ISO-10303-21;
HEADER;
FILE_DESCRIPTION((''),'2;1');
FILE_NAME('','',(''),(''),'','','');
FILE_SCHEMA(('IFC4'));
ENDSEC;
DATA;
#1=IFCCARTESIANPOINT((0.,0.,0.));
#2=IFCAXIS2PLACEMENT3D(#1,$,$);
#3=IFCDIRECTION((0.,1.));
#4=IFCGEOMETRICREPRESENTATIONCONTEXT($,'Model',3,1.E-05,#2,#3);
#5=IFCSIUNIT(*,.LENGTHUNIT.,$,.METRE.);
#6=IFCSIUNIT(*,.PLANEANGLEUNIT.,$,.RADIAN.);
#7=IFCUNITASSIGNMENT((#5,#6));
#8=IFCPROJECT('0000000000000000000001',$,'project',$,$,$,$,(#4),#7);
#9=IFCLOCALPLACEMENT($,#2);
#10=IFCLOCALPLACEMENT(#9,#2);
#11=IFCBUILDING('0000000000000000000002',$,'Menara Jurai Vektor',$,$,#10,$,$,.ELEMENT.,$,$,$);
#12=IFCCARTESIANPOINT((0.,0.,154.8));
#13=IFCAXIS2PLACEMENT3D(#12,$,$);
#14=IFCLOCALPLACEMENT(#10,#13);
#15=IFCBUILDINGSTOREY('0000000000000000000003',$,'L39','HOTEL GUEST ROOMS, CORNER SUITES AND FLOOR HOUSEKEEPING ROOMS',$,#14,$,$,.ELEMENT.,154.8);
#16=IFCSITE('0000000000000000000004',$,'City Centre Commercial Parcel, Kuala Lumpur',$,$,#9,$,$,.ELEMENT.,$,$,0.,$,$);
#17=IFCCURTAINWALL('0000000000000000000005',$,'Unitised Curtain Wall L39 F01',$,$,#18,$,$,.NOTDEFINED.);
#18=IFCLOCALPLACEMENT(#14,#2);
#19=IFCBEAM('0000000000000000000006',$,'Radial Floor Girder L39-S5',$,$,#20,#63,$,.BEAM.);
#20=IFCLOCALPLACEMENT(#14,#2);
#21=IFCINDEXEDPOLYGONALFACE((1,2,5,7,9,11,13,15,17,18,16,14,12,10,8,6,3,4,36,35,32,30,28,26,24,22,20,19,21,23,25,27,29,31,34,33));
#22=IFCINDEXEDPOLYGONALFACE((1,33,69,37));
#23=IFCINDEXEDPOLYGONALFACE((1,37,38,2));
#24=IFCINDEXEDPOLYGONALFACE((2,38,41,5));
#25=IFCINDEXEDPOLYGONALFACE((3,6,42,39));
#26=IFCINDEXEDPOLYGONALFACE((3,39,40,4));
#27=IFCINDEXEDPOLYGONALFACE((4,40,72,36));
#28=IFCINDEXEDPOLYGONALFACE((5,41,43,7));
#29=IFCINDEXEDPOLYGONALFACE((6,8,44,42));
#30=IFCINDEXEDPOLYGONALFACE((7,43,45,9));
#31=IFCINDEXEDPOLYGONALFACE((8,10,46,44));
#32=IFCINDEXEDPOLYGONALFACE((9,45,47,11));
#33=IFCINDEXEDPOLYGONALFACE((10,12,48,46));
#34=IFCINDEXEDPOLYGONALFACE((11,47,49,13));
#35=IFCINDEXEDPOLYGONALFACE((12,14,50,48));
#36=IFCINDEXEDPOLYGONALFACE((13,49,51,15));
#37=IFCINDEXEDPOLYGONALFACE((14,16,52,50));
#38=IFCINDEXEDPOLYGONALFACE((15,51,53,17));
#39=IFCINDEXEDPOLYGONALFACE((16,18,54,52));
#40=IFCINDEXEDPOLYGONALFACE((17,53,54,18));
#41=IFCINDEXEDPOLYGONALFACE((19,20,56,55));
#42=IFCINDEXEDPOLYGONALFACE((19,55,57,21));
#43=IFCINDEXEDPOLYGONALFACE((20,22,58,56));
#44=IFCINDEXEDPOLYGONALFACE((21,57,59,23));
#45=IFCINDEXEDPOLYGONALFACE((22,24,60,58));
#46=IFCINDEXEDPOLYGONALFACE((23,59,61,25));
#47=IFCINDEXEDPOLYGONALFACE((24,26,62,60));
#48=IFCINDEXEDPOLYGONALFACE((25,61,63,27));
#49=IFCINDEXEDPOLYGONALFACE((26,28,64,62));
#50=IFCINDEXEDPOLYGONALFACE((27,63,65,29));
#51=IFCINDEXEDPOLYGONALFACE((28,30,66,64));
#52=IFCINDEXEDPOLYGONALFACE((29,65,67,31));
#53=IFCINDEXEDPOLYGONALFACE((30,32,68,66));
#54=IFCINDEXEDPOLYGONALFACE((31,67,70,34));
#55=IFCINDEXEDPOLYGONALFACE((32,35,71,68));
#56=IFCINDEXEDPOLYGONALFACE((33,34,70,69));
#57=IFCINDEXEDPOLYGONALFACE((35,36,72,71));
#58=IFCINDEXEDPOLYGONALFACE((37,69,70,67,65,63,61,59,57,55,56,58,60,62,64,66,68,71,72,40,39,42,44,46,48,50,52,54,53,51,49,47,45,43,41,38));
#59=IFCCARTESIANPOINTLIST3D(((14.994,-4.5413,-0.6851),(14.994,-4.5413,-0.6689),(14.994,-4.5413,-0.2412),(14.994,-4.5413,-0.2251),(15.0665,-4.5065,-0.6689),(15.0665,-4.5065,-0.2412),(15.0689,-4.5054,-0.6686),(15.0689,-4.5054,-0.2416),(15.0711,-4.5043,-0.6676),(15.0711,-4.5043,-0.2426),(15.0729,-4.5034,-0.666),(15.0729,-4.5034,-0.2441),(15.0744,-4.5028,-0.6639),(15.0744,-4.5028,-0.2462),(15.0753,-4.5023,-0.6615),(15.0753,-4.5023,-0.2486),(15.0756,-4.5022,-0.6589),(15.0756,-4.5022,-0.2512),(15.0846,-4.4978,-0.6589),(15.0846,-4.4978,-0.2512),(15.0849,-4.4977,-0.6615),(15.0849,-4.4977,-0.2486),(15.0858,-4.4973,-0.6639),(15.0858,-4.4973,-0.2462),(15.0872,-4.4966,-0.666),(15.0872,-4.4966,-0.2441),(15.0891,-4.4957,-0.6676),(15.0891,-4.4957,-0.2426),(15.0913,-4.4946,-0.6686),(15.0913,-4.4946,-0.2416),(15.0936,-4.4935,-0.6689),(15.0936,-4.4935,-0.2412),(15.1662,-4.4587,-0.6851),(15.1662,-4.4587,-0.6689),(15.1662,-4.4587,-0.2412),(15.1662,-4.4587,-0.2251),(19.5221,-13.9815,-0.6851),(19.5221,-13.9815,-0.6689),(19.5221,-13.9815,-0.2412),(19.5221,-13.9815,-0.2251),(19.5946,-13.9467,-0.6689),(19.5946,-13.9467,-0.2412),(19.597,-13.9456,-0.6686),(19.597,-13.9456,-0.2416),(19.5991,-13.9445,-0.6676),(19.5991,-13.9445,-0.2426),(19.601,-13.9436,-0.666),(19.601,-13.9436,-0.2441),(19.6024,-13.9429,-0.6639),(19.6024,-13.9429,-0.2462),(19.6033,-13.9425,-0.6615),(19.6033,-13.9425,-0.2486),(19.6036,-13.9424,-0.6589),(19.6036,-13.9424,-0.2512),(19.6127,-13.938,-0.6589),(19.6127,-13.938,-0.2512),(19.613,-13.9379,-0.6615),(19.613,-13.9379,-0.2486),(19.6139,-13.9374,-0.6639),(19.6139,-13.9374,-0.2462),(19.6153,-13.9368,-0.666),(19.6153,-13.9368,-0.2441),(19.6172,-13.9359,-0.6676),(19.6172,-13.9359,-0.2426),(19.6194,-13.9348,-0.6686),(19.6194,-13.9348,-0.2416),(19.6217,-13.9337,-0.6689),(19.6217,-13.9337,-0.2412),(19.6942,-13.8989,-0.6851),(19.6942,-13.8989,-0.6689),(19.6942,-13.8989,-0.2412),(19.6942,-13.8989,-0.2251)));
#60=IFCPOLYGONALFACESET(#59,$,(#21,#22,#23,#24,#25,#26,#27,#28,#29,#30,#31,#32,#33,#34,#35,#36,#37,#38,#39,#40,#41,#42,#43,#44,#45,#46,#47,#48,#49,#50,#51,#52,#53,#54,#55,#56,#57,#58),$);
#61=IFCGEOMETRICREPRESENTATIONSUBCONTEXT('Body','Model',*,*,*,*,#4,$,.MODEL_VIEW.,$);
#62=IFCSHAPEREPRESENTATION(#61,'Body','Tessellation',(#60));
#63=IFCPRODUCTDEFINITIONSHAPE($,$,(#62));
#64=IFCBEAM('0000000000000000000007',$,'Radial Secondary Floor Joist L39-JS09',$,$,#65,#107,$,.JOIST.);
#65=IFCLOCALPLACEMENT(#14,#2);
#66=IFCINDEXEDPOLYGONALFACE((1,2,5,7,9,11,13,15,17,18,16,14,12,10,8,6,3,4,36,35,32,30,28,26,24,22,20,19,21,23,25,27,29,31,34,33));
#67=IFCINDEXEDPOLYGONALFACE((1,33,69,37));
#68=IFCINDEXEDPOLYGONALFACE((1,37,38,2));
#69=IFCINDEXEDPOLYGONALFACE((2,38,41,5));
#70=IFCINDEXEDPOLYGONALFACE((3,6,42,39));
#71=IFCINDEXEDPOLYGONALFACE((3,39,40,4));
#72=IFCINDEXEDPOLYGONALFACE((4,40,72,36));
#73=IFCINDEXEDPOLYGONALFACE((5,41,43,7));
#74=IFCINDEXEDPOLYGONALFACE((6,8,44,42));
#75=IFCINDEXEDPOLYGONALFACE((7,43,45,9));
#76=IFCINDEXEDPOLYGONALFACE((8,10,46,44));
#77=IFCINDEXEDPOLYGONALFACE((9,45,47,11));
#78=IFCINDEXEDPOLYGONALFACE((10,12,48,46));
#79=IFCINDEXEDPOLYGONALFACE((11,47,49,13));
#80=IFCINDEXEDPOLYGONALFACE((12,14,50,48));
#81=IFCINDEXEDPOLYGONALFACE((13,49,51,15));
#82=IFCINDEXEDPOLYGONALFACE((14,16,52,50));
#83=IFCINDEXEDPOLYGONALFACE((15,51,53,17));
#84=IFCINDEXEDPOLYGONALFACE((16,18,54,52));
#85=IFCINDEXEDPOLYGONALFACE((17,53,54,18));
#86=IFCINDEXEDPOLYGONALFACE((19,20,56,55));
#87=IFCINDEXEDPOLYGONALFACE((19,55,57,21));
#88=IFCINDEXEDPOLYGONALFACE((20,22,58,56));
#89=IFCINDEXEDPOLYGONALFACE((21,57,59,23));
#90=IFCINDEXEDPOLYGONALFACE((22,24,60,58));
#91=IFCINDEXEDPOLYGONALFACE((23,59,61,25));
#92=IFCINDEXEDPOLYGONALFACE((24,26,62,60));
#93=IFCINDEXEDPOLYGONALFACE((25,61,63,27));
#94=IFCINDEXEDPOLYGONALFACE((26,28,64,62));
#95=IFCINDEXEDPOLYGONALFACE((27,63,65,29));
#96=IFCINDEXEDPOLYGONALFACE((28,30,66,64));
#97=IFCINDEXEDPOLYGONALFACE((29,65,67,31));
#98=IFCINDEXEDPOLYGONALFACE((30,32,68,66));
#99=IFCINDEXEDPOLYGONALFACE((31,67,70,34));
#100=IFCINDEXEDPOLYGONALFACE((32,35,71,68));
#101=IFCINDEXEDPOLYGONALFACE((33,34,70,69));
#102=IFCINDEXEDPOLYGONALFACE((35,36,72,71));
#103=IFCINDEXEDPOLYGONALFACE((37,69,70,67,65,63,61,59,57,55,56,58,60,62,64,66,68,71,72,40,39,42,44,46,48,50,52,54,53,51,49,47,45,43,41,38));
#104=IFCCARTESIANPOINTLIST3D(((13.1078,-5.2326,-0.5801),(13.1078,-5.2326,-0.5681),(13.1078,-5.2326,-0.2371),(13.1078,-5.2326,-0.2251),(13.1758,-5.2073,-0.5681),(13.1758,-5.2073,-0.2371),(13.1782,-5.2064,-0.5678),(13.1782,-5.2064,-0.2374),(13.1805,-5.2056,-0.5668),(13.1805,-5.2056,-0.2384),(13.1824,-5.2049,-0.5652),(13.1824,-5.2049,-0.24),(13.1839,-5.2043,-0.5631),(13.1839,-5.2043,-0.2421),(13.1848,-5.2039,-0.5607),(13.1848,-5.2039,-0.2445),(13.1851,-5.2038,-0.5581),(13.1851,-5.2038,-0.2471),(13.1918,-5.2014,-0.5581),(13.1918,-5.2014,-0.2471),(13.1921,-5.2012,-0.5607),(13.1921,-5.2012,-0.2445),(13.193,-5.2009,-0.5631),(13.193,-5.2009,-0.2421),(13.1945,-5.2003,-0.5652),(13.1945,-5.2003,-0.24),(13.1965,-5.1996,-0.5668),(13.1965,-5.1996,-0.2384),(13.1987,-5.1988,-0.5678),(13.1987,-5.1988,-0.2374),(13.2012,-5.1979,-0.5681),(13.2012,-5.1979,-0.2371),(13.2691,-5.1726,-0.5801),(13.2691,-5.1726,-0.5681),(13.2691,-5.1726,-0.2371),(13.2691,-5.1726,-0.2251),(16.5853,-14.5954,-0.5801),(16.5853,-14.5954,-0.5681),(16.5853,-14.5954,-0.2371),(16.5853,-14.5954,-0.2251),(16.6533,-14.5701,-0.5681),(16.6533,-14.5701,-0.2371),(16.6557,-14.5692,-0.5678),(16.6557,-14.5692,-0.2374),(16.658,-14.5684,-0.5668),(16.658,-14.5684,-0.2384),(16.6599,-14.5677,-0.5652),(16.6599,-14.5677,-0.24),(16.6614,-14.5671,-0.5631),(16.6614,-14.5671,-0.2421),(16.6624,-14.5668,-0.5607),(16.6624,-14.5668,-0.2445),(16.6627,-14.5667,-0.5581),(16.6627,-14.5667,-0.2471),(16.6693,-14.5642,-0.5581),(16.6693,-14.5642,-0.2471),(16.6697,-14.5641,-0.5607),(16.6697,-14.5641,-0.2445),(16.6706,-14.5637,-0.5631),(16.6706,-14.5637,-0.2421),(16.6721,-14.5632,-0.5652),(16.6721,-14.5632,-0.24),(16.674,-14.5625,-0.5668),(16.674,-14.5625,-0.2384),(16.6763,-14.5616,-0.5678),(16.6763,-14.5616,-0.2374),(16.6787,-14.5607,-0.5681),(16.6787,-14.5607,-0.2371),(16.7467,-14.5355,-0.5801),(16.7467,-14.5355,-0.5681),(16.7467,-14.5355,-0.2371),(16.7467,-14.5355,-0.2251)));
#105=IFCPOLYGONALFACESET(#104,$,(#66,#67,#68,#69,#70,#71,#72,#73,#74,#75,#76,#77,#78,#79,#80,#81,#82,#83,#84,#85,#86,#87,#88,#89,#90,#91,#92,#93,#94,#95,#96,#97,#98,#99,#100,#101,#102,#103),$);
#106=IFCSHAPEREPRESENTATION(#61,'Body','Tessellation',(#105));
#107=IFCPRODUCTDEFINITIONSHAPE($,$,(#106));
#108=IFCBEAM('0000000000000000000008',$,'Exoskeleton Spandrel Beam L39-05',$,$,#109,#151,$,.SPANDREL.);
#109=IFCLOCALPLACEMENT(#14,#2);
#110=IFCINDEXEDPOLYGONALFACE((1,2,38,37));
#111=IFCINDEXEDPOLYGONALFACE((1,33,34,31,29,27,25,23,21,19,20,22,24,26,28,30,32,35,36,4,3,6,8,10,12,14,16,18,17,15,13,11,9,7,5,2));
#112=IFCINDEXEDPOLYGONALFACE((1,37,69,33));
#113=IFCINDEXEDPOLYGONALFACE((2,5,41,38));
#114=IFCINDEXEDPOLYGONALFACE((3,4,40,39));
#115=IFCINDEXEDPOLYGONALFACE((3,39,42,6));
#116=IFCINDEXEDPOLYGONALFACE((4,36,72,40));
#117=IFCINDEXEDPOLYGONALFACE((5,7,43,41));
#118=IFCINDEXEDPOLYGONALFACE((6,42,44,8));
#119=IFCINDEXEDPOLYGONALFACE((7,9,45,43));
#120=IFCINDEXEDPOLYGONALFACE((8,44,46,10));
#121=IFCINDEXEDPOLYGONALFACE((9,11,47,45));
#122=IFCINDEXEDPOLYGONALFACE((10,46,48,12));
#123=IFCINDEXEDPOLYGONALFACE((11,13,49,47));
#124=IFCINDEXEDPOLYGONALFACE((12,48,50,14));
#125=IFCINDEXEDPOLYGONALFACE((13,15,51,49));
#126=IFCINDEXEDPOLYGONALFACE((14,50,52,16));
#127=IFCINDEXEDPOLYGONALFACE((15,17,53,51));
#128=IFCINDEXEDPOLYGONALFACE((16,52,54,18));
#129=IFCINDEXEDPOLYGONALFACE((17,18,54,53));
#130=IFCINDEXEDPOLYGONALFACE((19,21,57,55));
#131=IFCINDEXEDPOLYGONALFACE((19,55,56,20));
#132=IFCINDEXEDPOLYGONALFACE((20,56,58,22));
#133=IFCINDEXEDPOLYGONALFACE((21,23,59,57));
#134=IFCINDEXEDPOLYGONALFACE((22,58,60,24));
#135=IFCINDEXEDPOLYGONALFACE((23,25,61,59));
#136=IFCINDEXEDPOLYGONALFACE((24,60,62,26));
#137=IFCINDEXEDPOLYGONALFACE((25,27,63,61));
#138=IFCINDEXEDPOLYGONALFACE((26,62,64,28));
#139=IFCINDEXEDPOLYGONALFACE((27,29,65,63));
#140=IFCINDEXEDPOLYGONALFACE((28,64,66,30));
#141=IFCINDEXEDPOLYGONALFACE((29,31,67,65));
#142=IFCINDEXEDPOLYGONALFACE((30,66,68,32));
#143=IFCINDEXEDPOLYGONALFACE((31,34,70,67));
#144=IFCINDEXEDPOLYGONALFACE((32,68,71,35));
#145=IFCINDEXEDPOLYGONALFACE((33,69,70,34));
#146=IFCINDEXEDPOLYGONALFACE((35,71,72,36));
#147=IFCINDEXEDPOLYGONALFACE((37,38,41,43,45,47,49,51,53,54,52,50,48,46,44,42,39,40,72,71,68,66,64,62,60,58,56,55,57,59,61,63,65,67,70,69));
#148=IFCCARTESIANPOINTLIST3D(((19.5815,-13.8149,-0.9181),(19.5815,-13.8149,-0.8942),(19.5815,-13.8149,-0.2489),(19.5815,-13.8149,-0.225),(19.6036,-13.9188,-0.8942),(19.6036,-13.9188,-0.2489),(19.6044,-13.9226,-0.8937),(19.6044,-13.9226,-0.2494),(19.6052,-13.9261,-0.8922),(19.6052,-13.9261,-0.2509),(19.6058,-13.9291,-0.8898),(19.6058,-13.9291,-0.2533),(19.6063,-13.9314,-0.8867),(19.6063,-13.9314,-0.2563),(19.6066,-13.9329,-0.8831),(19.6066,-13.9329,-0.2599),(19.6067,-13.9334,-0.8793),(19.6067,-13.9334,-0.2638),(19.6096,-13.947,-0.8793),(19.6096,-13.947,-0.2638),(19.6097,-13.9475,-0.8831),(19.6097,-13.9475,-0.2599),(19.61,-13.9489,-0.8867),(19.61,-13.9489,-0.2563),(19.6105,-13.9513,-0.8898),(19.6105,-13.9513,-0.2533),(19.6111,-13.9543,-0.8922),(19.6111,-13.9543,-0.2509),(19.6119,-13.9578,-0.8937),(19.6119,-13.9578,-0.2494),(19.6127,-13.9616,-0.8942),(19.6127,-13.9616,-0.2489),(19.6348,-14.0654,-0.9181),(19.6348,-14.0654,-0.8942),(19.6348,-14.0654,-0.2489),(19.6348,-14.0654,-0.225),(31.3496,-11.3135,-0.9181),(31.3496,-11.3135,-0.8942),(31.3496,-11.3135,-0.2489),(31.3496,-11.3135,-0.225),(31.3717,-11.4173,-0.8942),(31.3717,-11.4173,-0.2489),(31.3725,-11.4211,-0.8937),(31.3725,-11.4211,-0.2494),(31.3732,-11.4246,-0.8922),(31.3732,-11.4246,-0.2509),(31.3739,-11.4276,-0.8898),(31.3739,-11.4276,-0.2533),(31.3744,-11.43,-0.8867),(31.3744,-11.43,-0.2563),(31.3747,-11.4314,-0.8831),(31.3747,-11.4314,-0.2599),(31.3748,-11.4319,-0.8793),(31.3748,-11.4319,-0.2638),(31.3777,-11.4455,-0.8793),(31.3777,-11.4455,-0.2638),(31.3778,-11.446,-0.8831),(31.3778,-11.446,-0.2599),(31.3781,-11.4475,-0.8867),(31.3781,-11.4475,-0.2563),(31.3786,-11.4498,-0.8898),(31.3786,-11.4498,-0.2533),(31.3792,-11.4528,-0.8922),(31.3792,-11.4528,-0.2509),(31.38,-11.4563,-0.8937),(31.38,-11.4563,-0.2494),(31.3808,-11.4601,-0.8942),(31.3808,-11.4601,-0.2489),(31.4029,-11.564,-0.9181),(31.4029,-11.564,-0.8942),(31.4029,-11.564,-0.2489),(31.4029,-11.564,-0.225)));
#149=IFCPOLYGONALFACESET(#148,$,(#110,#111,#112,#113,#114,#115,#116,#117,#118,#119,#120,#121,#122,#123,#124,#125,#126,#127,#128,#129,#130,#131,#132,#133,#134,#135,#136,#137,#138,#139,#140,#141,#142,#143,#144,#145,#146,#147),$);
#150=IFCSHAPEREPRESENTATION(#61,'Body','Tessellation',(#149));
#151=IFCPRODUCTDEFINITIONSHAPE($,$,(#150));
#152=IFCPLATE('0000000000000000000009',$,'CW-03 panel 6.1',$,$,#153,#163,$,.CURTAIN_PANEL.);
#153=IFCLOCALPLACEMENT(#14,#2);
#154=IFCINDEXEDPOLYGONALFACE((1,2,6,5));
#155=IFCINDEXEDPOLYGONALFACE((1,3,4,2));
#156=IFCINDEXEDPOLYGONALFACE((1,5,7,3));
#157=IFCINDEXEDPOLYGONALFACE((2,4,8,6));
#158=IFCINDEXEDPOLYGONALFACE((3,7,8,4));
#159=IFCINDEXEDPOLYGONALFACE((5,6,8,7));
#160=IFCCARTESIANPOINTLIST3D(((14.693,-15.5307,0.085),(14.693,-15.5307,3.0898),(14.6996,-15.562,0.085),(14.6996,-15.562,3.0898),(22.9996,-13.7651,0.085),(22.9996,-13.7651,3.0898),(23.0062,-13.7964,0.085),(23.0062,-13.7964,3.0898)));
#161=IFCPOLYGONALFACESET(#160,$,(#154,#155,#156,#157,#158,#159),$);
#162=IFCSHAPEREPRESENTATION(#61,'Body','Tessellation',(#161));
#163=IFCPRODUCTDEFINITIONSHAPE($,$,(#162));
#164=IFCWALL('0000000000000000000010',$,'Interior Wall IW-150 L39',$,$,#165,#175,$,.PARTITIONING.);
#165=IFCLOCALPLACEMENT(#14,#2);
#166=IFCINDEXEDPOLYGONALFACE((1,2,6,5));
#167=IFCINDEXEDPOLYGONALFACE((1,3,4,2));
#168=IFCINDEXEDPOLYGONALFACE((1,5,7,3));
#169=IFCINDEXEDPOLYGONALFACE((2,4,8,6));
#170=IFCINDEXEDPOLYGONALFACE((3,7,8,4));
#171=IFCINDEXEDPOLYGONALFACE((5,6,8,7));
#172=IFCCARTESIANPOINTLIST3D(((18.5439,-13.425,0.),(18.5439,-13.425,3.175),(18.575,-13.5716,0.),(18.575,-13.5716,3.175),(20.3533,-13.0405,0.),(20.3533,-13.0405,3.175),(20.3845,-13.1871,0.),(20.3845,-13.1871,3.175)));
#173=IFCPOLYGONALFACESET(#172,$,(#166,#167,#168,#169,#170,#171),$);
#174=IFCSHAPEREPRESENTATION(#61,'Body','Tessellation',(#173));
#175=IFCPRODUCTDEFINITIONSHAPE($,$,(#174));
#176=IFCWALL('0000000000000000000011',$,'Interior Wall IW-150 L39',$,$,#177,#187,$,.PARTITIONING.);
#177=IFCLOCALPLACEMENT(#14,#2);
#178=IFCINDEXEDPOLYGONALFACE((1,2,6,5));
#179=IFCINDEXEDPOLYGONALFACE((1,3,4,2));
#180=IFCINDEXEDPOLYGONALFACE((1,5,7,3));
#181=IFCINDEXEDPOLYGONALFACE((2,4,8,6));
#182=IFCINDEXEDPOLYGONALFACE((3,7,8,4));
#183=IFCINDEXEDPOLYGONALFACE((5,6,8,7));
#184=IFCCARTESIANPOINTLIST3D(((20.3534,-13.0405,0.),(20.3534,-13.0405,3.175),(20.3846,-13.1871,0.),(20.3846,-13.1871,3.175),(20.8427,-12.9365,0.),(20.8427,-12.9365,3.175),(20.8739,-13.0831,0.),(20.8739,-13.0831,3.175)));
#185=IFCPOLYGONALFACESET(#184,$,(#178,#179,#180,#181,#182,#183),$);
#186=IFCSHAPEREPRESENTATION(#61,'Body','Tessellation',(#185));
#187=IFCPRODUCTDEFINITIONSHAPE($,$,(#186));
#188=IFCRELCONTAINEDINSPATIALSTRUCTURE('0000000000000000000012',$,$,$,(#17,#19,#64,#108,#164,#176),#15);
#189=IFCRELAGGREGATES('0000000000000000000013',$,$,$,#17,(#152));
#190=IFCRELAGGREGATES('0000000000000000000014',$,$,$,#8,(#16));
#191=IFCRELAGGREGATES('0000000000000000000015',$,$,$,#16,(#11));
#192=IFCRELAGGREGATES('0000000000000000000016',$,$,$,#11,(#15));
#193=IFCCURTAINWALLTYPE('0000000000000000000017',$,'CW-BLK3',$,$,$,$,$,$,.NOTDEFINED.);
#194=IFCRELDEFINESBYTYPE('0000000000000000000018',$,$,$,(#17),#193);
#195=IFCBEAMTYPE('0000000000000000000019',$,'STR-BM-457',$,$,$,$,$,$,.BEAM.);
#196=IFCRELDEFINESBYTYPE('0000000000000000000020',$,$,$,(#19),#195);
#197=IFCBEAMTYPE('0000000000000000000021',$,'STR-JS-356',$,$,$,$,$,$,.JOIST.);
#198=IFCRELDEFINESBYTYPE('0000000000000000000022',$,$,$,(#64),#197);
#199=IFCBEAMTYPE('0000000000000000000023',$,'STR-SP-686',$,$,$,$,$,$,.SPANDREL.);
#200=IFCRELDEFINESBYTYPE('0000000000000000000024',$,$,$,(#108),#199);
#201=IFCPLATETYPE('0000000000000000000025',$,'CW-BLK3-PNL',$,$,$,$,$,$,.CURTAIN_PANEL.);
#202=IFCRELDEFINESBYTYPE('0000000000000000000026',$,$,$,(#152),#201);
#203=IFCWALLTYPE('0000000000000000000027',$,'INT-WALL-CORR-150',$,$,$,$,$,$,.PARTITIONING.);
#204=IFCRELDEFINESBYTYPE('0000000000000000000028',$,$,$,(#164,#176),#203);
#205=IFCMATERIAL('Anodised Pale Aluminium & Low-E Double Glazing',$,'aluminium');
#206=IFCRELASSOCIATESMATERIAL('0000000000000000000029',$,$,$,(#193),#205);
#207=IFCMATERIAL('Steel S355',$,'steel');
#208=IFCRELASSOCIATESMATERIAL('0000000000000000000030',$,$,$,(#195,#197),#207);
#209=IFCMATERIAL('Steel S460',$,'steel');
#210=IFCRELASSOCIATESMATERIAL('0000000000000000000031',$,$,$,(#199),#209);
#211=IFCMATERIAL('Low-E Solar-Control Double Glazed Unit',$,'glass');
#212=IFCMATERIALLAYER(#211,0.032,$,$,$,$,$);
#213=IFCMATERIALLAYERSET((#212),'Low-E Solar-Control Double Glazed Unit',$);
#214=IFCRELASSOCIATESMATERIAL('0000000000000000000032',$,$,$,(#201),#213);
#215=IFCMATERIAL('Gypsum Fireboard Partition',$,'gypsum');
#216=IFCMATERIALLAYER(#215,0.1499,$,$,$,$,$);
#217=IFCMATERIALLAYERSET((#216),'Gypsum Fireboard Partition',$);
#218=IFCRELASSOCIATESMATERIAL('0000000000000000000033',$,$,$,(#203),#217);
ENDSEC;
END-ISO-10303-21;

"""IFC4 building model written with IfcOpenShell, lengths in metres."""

from ifc_helpers import new_model, si_unit, direction, frame, frame_2d, origin, origin_2d, place, context, subcontext, project, spatial, rectangle, i_section, extrude, material, layer, layer_set, material_profile, profile_set, type_object, element, aggregate, save


model = new_model("IFC4")

# Units and contexts
model_context = context("Model", 3, precision=1e-05, world=origin(), true_north=direction((0.0, 1.0)))
body_context = subcontext(model_context, "Body", "Model", "MODEL_VIEW")
ifc_project = project(units=[si_unit("LENGTHUNIT", "METRE"), si_unit("PLANEANGLEUNIT", "RADIAN")], contexts=[model_context])

# Site, building, storey
site_placement = place(None, origin())
site = spatial("IfcSite", under=ifc_project, at=site_placement, Name="City Centre Commercial Parcel, Kuala Lumpur", CompositionType="ELEMENT", RefElevation=0.0)
building_placement = place(site_placement, origin())
building = spatial("IfcBuilding", under=site, at=building_placement, Name="Menara Jurai Vektor", CompositionType="ELEMENT")
storey_placement = place(building_placement, frame((0.0, 0.0, 154.8)))
storey = spatial("IfcBuildingStorey", under=building, at=storey_placement, Name="L39", Description="HOTEL GUEST ROOMS, CORNER SUITES AND FLOOR HOUSEKEEPING ROOMS", CompositionType="ELEMENT", Elevation=154.8)

# Shared definitions
ifc_material_1 = material(Name="Steel S460", Category="steel")

# Curtain wall
ifc_material_2 = material(Name="Anodised Pale Aluminium & Low-E Double Glazing", Category="aluminium")
curtain_wall_type = type_object("IfcCurtainWallType", Name="CW-BLK3", PredefinedType="NOTDEFINED", material=ifc_material_2)
curtain_wall_placement = place(storey_placement, origin())
curtain_wall = element("IfcCurtainWall", 1, at=curtain_wall_placement, inside=storey, type_object=curtain_wall_type, Name="Unitised Curtain Wall L39 F01", PredefinedType="NOTDEFINED")

# Beams
ifc_material_3 = material(Name="Steel S355", Category="steel")
ifc_material_profile_1 = material_profile(ifc_material_3, i_section(OverallWidth=0.1909, OverallDepth=0.46, WebThickness=0.01, FlangeThickness=0.0161, FilletRadius=0.01, at=origin_2d()), Name="UKB 457x191x82")
ifc_profile_set_1 = profile_set([ifc_material_profile_1], Name="Steel S355")
beam_type_1 = type_object("IfcBeamType", Name="STR-BM-457", PredefinedType="BEAM", material=ifc_profile_set_1)
beam_1_placement = place(storey_placement, frame((19.6082, -13.9402, -0.4551), z_axis=(-0.432482, 0.901643, 0.0), x_axis=(-0.901643, -0.432482, 0.0)))
element("IfcBeam", 2, at=beam_1_placement, inside=storey, type_object=beam_type_1, Name="Radial Floor Girder L39-S5", PredefinedType="BEAM", context=body_context, shape_type="SweptSolid", body=[
    extrude(i_section(OverallWidth=0.1909, OverallDepth=0.46, WebThickness=0.01, FlangeThickness=0.0161, FilletRadius=0.01, at=origin_2d()), origin(), (0.0, 0.0, 1.0), 10.47),
])
ifc_material_profile_2 = material_profile(ifc_material_3, i_section(OverallWidth=0.1721, OverallDepth=0.355, WebThickness=0.0071, FlangeThickness=0.012, FilletRadius=0.01, at=origin_2d()), Name="UKB 356x171x51")
ifc_profile_set_2 = profile_set([ifc_material_profile_2], Name="Steel S355")
beam_type_2 = type_object("IfcBeamType", Name="STR-JS-356", PredefinedType="JOIST", material=ifc_profile_set_2)
beam_2_placement = place(storey_placement, frame((16.666, -14.5654, -0.4026), z_axis=(-0.34818, 0.937428, 0.0), x_axis=(-0.937428, -0.34818, 0.0)))
element("IfcBeam", 3, at=beam_2_placement, inside=storey, type_object=beam_type_2, Name="Radial Secondary Floor Joist L39-JS09", PredefinedType="JOIST", context=body_context, shape_type="SweptSolid", body=[
    extrude(i_section(OverallWidth=0.1721, OverallDepth=0.355, WebThickness=0.0071, FlangeThickness=0.012, FilletRadius=0.01, at=origin_2d()), origin(), (0.0, 0.0, 1.0), 9.9878),
])
ifc_material_profile_3 = material_profile(ifc_material_1, i_section(OverallWidth=0.2561, OverallDepth=0.6931, WebThickness=0.0139, FlangeThickness=0.0239, FilletRadius=0.0149, at=origin_2d()), Name="UKB 686x254x170")
ifc_profile_set_3 = profile_set([ifc_material_profile_3], Name="Steel S460")
beam_type_3 = type_object("IfcBeamType", Name="STR-SP-686", PredefinedType="SPANDREL", material=ifc_profile_set_3)
beam_3_placement = place(storey_placement, frame((19.6082, -13.9402, -0.5715), z_axis=(0.978146, 0.207918, 0.0), x_axis=(-0.207918, 0.978146, 0.0)))
element("IfcBeam", 4, at=beam_3_placement, inside=storey, type_object=beam_type_3, Name="Exoskeleton Spandrel Beam L39-05", PredefinedType="SPANDREL", context=body_context, shape_type="SweptSolid", body=[
    extrude(i_section(OverallWidth=0.2561, OverallDepth=0.6931, WebThickness=0.0139, FlangeThickness=0.0239, FilletRadius=0.0149, at=origin_2d()), origin(), (0.0, 0.0, 1.0), 12.031),
])

# Plate
ifc_material_4 = material(Name="Low-E Solar-Control Double Glazed Unit", Category="glass")
ifc_layer_1 = layer(ifc_material_4, 0.032)
ifc_layer_set_1 = layer_set([ifc_layer_1], Name="Low-E Solar-Control Double Glazed Unit")
plate_type = type_object("IfcPlateType", Name="CW-BLK3-PNL", PredefinedType="CURTAIN_PANEL", material=ifc_layer_set_1)
plate_placement = place(storey_placement, frame((18.8496, -14.6636, 0.085), z_axis=(0.0, 0.0, 1.0), x_axis=(0.978148, 0.207911, 0.0)))
plate = element("IfcPlate", 5, at=plate_placement, type_object=plate_type, Name="CW-03 panel 6.1", PredefinedType="CURTAIN_PANEL", context=body_context, shape_type="SweptSolid", body=[
    extrude(rectangle(XDim=8.4922, YDim=0.032, at=origin_2d()), origin(), (0.0, 0.0, 1.0), 3.0049),
])
aggregate(curtain_wall, [plate])

# Walls
ifc_material_5 = material(Name="Gypsum Fireboard Partition", Category="gypsum")
ifc_layer_2 = layer(ifc_material_5, 0.1499)
ifc_layer_set_2 = layer_set([ifc_layer_2], Name="Gypsum Fireboard Partition")
wall_type_1 = type_object("IfcWallType", Name="INT-WALL-CORR-150", PredefinedType="PARTITIONING", material=ifc_layer_set_2)
wall_1_placement = place(storey_placement, frame((18.5596, -13.4983, 0.0), z_axis=(0.0, 0.0, 1.0), x_axis=(0.97816, 0.207852, 0.0)))
element("IfcWall", 6, at=wall_1_placement, inside=storey, type_object=wall_type_1, Name="Interior Wall IW-150 L39", PredefinedType="PARTITIONING", context=body_context, shape_type="SweptSolid", body=[
    extrude(rectangle(XDim=1.8499, YDim=0.1499, at=frame_2d((0.9248, 0.0))), origin(), (0.0, 0.0, 1.0), 3.175),
])
wall_2_placement = place(storey_placement, frame((20.3691, -13.1138, 0.0), z_axis=(0.0, 0.0, 1.0), x_axis=(0.978144, 0.207929, 0.0)))
element("IfcWall", 7, at=wall_2_placement, inside=storey, type_object=wall_type_1, Name="Interior Wall IW-150 L39", PredefinedType="PARTITIONING", context=body_context, shape_type="SweptSolid", body=[
    extrude(rectangle(XDim=0.5002, YDim=0.1499, at=frame_2d((0.25, 0.0))), origin(), (0.0, 0.0, 1.0), 3.175),
])

save(model, "model.ifc")
